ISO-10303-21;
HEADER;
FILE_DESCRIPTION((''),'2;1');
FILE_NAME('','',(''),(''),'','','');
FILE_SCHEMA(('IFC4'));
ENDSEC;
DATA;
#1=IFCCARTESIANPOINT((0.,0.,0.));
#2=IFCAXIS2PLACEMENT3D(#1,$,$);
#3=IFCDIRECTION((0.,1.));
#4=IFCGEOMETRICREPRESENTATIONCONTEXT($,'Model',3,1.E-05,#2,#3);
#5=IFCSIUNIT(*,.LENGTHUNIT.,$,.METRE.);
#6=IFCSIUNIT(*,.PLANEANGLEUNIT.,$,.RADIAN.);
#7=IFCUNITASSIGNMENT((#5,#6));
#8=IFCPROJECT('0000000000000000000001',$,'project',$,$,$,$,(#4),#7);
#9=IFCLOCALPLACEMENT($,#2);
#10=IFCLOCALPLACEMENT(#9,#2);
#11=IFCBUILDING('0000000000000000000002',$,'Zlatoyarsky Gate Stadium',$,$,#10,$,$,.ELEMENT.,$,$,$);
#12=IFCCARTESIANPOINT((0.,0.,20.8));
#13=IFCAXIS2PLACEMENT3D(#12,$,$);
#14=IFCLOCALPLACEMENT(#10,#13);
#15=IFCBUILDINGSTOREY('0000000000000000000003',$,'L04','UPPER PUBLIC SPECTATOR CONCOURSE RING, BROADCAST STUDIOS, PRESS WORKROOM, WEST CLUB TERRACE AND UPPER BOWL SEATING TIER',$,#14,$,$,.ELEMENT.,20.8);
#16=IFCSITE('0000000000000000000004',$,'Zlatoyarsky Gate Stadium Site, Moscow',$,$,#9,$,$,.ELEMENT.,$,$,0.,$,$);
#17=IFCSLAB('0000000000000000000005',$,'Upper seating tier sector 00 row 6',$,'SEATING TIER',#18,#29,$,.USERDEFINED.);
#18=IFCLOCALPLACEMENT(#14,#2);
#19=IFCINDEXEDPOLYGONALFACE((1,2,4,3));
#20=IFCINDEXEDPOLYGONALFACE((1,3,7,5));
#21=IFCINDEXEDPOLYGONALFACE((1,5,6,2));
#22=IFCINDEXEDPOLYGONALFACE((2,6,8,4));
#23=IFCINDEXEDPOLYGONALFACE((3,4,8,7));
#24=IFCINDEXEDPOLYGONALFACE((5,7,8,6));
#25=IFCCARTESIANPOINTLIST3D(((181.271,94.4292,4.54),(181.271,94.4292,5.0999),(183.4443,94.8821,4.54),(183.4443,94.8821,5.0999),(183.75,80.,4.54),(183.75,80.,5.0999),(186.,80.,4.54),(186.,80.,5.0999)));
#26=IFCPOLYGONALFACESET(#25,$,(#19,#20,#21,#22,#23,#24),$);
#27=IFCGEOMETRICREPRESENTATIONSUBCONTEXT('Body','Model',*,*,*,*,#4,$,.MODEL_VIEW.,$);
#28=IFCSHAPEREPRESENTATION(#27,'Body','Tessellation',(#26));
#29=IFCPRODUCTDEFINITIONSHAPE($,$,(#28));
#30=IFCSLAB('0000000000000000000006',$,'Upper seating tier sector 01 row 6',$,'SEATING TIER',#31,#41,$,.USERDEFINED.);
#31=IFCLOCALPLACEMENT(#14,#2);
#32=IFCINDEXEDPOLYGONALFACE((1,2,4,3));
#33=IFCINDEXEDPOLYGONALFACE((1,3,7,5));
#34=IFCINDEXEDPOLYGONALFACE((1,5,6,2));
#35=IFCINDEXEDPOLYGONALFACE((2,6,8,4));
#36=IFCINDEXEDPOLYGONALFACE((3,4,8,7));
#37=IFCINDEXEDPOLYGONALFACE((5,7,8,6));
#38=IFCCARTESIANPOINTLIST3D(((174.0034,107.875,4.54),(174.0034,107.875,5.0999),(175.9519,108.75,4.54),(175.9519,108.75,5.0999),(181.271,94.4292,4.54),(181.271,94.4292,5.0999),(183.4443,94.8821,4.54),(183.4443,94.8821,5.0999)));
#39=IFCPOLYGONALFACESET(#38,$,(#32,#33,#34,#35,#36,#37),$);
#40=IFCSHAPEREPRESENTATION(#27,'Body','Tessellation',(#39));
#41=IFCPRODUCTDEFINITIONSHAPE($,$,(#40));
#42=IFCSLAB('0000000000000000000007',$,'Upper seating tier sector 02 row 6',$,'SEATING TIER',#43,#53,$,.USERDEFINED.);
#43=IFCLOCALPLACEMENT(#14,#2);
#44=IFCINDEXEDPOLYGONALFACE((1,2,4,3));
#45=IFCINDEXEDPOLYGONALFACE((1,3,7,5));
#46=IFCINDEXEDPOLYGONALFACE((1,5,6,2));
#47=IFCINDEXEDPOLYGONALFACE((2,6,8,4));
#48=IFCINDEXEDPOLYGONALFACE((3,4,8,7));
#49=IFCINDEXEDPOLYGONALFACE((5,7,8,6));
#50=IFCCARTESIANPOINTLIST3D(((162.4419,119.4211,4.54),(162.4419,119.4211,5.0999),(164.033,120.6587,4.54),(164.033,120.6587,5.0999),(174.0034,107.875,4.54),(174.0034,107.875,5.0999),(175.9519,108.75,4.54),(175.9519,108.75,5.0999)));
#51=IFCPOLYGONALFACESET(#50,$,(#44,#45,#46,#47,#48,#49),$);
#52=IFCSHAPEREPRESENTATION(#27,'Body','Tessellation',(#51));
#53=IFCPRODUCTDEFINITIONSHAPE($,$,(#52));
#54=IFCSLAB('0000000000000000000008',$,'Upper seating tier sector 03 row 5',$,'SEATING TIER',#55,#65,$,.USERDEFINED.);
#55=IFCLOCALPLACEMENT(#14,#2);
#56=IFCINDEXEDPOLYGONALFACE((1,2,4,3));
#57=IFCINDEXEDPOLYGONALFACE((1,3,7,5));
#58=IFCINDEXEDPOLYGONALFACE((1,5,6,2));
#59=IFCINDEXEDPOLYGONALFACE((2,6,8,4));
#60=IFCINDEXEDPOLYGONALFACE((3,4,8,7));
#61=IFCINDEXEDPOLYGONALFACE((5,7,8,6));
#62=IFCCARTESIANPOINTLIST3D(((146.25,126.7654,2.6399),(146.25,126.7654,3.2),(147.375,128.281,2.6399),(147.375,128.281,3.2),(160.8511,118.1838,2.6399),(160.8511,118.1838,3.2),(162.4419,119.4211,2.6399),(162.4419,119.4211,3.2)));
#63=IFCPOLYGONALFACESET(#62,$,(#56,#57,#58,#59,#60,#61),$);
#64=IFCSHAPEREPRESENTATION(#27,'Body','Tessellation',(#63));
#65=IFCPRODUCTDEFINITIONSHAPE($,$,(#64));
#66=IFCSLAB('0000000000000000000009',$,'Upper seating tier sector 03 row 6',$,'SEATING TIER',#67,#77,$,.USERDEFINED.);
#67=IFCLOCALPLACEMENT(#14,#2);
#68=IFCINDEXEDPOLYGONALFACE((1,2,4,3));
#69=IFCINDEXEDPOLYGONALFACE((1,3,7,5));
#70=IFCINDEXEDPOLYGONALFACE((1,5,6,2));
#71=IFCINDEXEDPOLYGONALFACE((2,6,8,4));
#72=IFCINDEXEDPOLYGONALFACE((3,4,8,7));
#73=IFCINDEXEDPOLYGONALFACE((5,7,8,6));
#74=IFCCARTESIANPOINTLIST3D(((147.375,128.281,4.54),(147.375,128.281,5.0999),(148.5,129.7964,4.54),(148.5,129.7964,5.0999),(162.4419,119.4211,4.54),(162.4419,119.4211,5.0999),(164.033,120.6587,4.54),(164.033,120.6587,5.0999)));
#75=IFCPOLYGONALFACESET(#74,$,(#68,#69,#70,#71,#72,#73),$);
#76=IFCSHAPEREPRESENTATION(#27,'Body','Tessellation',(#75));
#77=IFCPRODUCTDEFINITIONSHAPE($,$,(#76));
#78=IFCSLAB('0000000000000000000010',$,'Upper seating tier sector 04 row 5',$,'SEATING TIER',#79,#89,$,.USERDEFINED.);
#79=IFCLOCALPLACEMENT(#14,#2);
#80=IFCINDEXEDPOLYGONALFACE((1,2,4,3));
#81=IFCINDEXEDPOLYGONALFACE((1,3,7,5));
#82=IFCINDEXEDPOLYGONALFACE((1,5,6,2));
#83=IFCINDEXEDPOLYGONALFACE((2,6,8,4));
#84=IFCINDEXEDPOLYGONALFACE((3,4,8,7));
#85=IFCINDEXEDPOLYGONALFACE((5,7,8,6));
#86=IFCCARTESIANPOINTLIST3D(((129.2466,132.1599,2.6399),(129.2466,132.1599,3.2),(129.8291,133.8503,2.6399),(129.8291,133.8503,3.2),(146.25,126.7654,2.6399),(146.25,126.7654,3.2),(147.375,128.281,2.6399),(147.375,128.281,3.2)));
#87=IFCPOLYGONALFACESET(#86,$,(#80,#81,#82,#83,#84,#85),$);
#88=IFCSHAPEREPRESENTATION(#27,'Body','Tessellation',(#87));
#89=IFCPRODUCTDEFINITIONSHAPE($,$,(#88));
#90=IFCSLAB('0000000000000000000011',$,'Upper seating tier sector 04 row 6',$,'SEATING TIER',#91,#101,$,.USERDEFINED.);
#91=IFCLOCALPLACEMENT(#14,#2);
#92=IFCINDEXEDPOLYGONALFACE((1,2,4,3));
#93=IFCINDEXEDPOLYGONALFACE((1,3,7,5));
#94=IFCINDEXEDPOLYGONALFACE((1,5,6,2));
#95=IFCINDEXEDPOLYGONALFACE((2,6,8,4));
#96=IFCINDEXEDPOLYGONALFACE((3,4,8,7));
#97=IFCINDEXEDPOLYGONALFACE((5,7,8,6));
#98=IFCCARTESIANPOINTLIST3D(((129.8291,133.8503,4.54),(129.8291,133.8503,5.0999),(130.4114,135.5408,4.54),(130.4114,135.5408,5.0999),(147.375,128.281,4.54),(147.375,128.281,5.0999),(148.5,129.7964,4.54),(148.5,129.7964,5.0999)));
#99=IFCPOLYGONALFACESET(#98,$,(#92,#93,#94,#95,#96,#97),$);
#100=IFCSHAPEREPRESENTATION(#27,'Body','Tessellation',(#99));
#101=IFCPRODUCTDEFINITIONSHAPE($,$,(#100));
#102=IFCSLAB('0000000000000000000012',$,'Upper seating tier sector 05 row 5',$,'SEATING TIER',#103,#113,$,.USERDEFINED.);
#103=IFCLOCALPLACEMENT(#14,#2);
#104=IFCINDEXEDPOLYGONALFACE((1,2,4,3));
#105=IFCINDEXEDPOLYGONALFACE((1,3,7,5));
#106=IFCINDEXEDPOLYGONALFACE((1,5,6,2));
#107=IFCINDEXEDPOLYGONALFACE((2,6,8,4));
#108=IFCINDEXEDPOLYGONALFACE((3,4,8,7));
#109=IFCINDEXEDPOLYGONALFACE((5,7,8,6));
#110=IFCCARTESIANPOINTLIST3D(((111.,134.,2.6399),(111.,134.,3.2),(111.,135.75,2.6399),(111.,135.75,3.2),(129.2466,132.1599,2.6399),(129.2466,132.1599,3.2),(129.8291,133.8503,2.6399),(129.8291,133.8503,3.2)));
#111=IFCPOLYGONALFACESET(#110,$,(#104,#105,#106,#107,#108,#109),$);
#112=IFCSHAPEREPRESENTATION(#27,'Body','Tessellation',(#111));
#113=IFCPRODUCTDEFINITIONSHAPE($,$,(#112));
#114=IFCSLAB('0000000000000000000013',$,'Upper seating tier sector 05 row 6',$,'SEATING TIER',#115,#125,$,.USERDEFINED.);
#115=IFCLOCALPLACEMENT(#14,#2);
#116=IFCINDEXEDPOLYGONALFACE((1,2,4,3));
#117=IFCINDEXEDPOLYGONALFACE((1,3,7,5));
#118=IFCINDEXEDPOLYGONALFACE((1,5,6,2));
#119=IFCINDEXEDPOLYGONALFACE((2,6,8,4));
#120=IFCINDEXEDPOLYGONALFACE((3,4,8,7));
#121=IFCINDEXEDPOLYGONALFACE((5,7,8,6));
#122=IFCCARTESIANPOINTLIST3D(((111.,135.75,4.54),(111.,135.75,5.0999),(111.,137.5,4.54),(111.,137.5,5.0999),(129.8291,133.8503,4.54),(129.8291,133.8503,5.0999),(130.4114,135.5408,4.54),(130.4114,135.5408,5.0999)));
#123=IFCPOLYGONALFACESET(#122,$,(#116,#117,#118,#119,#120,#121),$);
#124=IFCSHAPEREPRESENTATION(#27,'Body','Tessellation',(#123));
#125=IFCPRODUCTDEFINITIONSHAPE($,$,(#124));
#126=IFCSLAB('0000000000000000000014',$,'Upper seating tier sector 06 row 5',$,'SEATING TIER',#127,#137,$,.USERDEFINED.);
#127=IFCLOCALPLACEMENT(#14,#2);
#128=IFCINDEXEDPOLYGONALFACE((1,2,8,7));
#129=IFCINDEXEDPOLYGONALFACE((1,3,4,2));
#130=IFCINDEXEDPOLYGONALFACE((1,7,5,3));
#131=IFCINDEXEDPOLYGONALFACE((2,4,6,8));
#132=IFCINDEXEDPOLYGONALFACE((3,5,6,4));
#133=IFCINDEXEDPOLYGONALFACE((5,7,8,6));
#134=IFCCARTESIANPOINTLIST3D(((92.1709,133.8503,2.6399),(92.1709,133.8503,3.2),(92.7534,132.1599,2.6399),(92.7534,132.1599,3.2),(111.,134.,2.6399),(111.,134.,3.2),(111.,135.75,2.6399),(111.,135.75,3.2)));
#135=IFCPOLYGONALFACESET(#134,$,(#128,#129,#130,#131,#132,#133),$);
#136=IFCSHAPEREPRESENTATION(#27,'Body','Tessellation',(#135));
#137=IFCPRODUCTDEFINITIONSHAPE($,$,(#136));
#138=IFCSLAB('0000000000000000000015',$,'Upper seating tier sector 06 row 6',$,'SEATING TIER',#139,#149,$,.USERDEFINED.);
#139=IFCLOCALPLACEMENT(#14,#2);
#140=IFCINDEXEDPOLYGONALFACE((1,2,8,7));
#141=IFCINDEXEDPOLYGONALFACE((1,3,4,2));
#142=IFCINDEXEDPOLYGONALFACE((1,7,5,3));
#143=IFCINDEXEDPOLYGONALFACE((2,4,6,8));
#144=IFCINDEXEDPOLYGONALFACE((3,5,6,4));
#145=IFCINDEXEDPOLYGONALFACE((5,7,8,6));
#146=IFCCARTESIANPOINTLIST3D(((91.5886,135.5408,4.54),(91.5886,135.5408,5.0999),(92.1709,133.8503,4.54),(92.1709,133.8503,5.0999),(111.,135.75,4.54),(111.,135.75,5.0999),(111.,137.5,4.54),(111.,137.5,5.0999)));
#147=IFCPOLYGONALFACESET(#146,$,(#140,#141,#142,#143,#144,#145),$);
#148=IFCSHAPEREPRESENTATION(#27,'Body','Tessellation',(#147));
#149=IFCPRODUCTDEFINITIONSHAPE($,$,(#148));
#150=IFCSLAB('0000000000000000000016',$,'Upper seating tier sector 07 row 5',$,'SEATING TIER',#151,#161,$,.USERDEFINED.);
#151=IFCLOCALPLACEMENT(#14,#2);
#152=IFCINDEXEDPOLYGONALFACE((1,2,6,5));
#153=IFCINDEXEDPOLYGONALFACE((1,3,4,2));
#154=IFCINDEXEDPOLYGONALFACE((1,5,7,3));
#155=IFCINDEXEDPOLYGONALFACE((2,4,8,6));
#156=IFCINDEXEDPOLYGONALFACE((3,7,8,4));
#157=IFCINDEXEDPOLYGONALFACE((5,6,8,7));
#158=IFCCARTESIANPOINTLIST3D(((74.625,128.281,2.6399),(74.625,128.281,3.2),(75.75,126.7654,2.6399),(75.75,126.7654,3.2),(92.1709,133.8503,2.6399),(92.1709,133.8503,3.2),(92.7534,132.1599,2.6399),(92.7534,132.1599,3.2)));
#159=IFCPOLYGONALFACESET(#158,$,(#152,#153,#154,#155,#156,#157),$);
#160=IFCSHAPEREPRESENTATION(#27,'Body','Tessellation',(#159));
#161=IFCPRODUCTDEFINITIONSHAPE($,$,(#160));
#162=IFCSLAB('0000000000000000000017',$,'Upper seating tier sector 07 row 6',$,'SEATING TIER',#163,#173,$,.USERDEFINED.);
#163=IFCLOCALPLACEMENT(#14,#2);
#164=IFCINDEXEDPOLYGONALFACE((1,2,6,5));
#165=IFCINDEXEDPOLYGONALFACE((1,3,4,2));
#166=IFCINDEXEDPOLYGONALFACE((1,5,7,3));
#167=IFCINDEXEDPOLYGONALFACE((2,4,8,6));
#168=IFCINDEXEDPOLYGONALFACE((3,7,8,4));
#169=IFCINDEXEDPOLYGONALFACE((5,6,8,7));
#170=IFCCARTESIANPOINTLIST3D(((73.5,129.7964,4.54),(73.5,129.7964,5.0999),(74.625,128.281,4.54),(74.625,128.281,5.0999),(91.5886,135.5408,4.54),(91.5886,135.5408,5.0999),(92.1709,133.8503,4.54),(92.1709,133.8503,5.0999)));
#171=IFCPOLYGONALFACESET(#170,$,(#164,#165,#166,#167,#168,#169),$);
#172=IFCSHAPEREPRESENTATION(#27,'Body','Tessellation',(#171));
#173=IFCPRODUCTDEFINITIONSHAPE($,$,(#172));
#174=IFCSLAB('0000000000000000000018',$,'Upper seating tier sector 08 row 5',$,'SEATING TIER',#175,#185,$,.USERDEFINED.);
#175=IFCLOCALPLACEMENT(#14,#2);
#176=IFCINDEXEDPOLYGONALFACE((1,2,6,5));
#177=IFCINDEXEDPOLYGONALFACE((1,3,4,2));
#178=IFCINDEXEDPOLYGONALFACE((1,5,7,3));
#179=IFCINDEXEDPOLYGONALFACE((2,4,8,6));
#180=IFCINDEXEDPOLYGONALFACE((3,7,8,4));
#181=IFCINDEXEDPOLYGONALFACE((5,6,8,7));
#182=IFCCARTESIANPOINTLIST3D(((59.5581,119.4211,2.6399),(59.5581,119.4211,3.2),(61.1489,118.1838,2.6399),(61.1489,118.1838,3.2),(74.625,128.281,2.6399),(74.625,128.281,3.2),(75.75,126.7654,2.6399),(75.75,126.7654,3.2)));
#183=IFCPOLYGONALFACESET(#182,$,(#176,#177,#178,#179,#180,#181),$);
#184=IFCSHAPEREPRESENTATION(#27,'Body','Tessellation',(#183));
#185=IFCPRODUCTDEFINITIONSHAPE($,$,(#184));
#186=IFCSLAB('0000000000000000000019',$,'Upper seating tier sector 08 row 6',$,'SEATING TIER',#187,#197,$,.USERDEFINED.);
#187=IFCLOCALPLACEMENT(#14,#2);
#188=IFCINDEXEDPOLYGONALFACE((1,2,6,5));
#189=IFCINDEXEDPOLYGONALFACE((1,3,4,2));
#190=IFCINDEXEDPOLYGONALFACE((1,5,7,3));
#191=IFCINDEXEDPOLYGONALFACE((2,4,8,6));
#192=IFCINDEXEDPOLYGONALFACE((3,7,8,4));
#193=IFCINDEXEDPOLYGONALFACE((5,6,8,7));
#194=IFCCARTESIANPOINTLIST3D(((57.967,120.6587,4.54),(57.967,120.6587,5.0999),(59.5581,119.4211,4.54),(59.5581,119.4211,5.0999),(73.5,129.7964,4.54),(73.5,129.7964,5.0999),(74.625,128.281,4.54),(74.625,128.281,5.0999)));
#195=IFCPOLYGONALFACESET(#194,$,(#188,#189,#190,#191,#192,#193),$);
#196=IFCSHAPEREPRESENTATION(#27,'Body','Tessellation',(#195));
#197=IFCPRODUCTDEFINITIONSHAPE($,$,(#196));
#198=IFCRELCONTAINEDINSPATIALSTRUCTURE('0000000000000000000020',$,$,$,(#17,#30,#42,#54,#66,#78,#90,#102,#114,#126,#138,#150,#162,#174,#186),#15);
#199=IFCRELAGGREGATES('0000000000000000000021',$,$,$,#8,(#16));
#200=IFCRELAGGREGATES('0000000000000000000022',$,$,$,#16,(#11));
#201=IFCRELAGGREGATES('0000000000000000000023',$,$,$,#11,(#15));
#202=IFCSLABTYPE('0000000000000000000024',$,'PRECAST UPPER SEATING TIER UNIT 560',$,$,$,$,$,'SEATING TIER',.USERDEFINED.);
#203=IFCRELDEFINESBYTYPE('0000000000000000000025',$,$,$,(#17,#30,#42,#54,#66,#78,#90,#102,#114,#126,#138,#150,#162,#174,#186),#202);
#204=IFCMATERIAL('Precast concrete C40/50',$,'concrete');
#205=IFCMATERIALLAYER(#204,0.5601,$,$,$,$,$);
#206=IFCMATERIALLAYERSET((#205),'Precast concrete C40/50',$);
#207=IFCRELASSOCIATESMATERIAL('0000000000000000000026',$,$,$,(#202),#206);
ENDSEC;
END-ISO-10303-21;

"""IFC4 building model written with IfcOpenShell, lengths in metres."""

from ifc_helpers import new_model, si_unit, direction, frame, origin, place, context, subcontext, project, spatial, polyline, outline, extrude, material, layer, layer_set, type_object, element, save


model = new_model("IFC4")

# Units and contexts
model_context = context("Model", 3, precision=1e-05, world=origin(), true_north=direction((0.0, 1.0)))
body_context = subcontext(model_context, "Body", "Model", "MODEL_VIEW")
ifc_project = project(units=[si_unit("LENGTHUNIT", "METRE"), si_unit("PLANEANGLEUNIT", "RADIAN")], contexts=[model_context])

# Site, building, storey
site_placement = place(None, origin())
site = spatial("IfcSite", under=ifc_project, at=site_placement, Name="Zlatoyarsky Gate Stadium Site, Moscow", CompositionType="ELEMENT", RefElevation=0.0)
building_placement = place(site_placement, origin())
building = spatial("IfcBuilding", under=site, at=building_placement, Name="Zlatoyarsky Gate Stadium", CompositionType="ELEMENT")
storey_placement = place(building_placement, frame((0.0, 0.0, 20.8)))
storey = spatial("IfcBuildingStorey", under=building, at=storey_placement, Name="L04", Description="UPPER PUBLIC SPECTATOR CONCOURSE RING, BROADCAST STUDIOS, PRESS WORKROOM, WEST CLUB TERRACE AND UPPER BOWL SEATING TIER", CompositionType="ELEMENT", Elevation=20.8)

# Slabs
ifc_material = material(Name="Precast concrete C40/50", Category="concrete")
ifc_layer = layer(ifc_material, 0.5601)
ifc_layer_set = layer_set([ifc_layer], Name="Precast concrete C40/50")
slab_type = type_object("IfcSlabType", Name="PRECAST UPPER SEATING TIER UNIT 560", ElementType="SEATING TIER", PredefinedType="USERDEFINED", material=ifc_layer_set)
slab_1_placement = place(storey_placement, frame((0.0, 0.0, 4.54)))
element("IfcSlab", 1, at=slab_1_placement, inside=storey, type_object=slab_type, Name="Upper seating tier sector 00 row 6", ObjectType="SEATING TIER", PredefinedType="USERDEFINED", context=body_context, shape_type="SweptSolid", body=[
    extrude(outline(polyline([(183.75, 80.0), (186.0, 80.0), (183.4443, 94.8821), (181.271, 94.4292), (183.75, 80.0)])), origin(), (0.0, 0.0, 1.0), 0.5598),
])
slab_2_placement = place(storey_placement, frame((0.0, 0.0, 4.54)))
element("IfcSlab", 2, at=slab_2_placement, inside=storey, type_object=slab_type, Name="Upper seating tier sector 01 row 6", ObjectType="SEATING TIER", PredefinedType="USERDEFINED", context=body_context, shape_type="SweptSolid", body=[
    extrude(outline(polyline([(181.271, 94.4292), (183.4443, 94.8821), (175.9519, 108.75), (174.0034, 107.875), (181.271, 94.4292)])), origin(), (0.0, 0.0, 1.0), 0.5598),
])
slab_3_placement = place(storey_placement, frame((0.0, 0.0, 4.54)))
element("IfcSlab", 3, at=slab_3_placement, inside=storey, type_object=slab_type, Name="Upper seating tier sector 02 row 6", ObjectType="SEATING TIER", PredefinedType="USERDEFINED", context=body_context, shape_type="SweptSolid", body=[
    extrude(outline(polyline([(174.0034, 107.875), (175.9519, 108.75), (164.033, 120.6587), (162.4419, 119.4211), (174.0034, 107.875)])), origin(), (0.0, 0.0, 1.0), 0.5598),
])
slab_4_placement = place(storey_placement, frame((0.0, 0.0, 2.6399)))
element("IfcSlab", 4, at=slab_4_placement, inside=storey, type_object=slab_type, Name="Upper seating tier sector 03 row 5", ObjectType="SEATING TIER", PredefinedType="USERDEFINED", context=body_context, shape_type="SweptSolid", body=[
    extrude(outline(polyline([(160.8511, 118.1838), (162.4419, 119.4211), (147.375, 128.281), (146.25, 126.7654), (160.8511, 118.1838)])), origin(), (0.0, 0.0, 1.0), 0.5601),
])
slab_5_placement = place(storey_placement, frame((0.0, 0.0, 4.54)))
element("IfcSlab", 5, at=slab_5_placement, inside=storey, type_object=slab_type, Name="Upper seating tier sector 03 row 6", ObjectType="SEATING TIER", PredefinedType="USERDEFINED", context=body_context, shape_type="SweptSolid", body=[
    extrude(outline(polyline([(162.4419, 119.4211), (164.033, 120.6587), (148.5, 129.7964), (147.375, 128.281), (162.4419, 119.4211)])), origin(), (0.0, 0.0, 1.0), 0.5598),
])
slab_6_placement = place(storey_placement, frame((0.0, 0.0, 2.6399)))
element("IfcSlab", 6, at=slab_6_placement, inside=storey, type_object=slab_type, Name="Upper seating tier sector 04 row 5", ObjectType="SEATING TIER", PredefinedType="USERDEFINED", context=body_context, shape_type="SweptSolid", body=[
    extrude(outline(polyline([(146.25, 126.7654), (147.375, 128.281), (129.8291, 133.8503), (129.2466, 132.1599), (146.25, 126.7654)])), origin(), (0.0, 0.0, 1.0), 0.5601),
])
slab_7_placement = place(storey_placement, frame((0.0, 0.0, 4.54)))
element("IfcSlab", 7, at=slab_7_placement, inside=storey, type_object=slab_type, Name="Upper seating tier sector 04 row 6", ObjectType="SEATING TIER", PredefinedType="USERDEFINED", context=body_context, shape_type="SweptSolid", body=[
    extrude(outline(polyline([(147.375, 128.281), (148.5, 129.7964), (130.4114, 135.5408), (129.8291, 133.8503), (147.375, 128.281)])), origin(), (0.0, 0.0, 1.0), 0.5598),
])
slab_8_placement = place(storey_placement, frame((0.0, 0.0, 2.6399)))
element("IfcSlab", 8, at=slab_8_placement, inside=storey, type_object=slab_type, Name="Upper seating tier sector 05 row 5", ObjectType="SEATING TIER", PredefinedType="USERDEFINED", context=body_context, shape_type="SweptSolid", body=[
    extrude(outline(polyline([(129.2466, 132.1599), (129.8291, 133.8503), (111.0, 135.75), (111.0, 134.0), (129.2466, 132.1599)])), origin(), (0.0, 0.0, 1.0), 0.5601),
])
slab_9_placement = place(storey_placement, frame((0.0, 0.0, 4.54)))
element("IfcSlab", 9, at=slab_9_placement, inside=storey, type_object=slab_type, Name="Upper seating tier sector 05 row 6", ObjectType="SEATING TIER", PredefinedType="USERDEFINED", context=body_context, shape_type="SweptSolid", body=[
    extrude(outline(polyline([(129.8291, 133.8503), (130.4114, 135.5408), (111.0, 137.5), (111.0, 135.75), (129.8291, 133.8503)])), origin(), (0.0, 0.0, 1.0), 0.5598),
])
slab_10_placement = place(storey_placement, frame((0.0, 0.0, 2.6399)))
element("IfcSlab", 10, at=slab_10_placement, inside=storey, type_object=slab_type, Name="Upper seating tier sector 06 row 5", ObjectType="SEATING TIER", PredefinedType="USERDEFINED", context=body_context, shape_type="SweptSolid", body=[
    extrude(outline(polyline([(111.0, 134.0), (111.0, 135.75), (92.1709, 133.8503), (92.7534, 132.1599), (111.0, 134.0)])), origin(), (0.0, 0.0, 1.0), 0.5601),
])
slab_11_placement = place(storey_placement, frame((0.0, 0.0, 4.54)))
element("IfcSlab", 11, at=slab_11_placement, inside=storey, type_object=slab_type, Name="Upper seating tier sector 06 row 6", ObjectType="SEATING TIER", PredefinedType="USERDEFINED", context=body_context, shape_type="SweptSolid", body=[
    extrude(outline(polyline([(111.0, 135.75), (111.0, 137.5), (91.5886, 135.5408), (92.1709, 133.8503), (111.0, 135.75)])), origin(), (0.0, 0.0, 1.0), 0.5598),
])
slab_12_placement = place(storey_placement, frame((0.0, 0.0, 2.6399)))
element("IfcSlab", 12, at=slab_12_placement, inside=storey, type_object=slab_type, Name="Upper seating tier sector 07 row 5", ObjectType="SEATING TIER", PredefinedType="USERDEFINED", context=body_context, shape_type="SweptSolid", body=[
    extrude(outline(polyline([(92.7534, 132.1599), (92.1709, 133.8503), (74.625, 128.281), (75.75, 126.7654), (92.7534, 132.1599)])), origin(), (0.0, 0.0, 1.0), 0.5601),
])
slab_13_placement = place(storey_placement, frame((0.0, 0.0, 4.54)))
element("IfcSlab", 13, at=slab_13_placement, inside=storey, type_object=slab_type, Name="Upper seating tier sector 07 row 6", ObjectType="SEATING TIER", PredefinedType="USERDEFINED", context=body_context, shape_type="SweptSolid", body=[
    extrude(outline(polyline([(92.1709, 133.8503), (91.5886, 135.5408), (73.5, 129.7964), (74.625, 128.281), (92.1709, 133.8503)])), origin(), (0.0, 0.0, 1.0), 0.5598),
])
slab_14_placement = place(storey_placement, frame((0.0, 0.0, 2.6399)))
element("IfcSlab", 14, at=slab_14_placement, inside=storey, type_object=slab_type, Name="Upper seating tier sector 08 row 5", ObjectType="SEATING TIER", PredefinedType="USERDEFINED", context=body_context, shape_type="SweptSolid", body=[
    extrude(outline(polyline([(75.75, 126.7654), (74.625, 128.281), (59.5581, 119.4211), (61.1489, 118.1838), (75.75, 126.7654)])), origin(), (0.0, 0.0, 1.0), 0.5601),
])
slab_15_placement = place(storey_placement, frame((0.0, 0.0, 4.54)))
element("IfcSlab", 15, at=slab_15_placement, inside=storey, type_object=slab_type, Name="Upper seating tier sector 08 row 6", ObjectType="SEATING TIER", PredefinedType="USERDEFINED", context=body_context, shape_type="SweptSolid", body=[
    extrude(outline(polyline([(74.625, 128.281), (73.5, 129.7964), (57.967, 120.6587), (59.5581, 119.4211), (74.625, 128.281)])), origin(), (0.0, 0.0, 1.0), 0.5598),
])

save(model, "model.ifc")
